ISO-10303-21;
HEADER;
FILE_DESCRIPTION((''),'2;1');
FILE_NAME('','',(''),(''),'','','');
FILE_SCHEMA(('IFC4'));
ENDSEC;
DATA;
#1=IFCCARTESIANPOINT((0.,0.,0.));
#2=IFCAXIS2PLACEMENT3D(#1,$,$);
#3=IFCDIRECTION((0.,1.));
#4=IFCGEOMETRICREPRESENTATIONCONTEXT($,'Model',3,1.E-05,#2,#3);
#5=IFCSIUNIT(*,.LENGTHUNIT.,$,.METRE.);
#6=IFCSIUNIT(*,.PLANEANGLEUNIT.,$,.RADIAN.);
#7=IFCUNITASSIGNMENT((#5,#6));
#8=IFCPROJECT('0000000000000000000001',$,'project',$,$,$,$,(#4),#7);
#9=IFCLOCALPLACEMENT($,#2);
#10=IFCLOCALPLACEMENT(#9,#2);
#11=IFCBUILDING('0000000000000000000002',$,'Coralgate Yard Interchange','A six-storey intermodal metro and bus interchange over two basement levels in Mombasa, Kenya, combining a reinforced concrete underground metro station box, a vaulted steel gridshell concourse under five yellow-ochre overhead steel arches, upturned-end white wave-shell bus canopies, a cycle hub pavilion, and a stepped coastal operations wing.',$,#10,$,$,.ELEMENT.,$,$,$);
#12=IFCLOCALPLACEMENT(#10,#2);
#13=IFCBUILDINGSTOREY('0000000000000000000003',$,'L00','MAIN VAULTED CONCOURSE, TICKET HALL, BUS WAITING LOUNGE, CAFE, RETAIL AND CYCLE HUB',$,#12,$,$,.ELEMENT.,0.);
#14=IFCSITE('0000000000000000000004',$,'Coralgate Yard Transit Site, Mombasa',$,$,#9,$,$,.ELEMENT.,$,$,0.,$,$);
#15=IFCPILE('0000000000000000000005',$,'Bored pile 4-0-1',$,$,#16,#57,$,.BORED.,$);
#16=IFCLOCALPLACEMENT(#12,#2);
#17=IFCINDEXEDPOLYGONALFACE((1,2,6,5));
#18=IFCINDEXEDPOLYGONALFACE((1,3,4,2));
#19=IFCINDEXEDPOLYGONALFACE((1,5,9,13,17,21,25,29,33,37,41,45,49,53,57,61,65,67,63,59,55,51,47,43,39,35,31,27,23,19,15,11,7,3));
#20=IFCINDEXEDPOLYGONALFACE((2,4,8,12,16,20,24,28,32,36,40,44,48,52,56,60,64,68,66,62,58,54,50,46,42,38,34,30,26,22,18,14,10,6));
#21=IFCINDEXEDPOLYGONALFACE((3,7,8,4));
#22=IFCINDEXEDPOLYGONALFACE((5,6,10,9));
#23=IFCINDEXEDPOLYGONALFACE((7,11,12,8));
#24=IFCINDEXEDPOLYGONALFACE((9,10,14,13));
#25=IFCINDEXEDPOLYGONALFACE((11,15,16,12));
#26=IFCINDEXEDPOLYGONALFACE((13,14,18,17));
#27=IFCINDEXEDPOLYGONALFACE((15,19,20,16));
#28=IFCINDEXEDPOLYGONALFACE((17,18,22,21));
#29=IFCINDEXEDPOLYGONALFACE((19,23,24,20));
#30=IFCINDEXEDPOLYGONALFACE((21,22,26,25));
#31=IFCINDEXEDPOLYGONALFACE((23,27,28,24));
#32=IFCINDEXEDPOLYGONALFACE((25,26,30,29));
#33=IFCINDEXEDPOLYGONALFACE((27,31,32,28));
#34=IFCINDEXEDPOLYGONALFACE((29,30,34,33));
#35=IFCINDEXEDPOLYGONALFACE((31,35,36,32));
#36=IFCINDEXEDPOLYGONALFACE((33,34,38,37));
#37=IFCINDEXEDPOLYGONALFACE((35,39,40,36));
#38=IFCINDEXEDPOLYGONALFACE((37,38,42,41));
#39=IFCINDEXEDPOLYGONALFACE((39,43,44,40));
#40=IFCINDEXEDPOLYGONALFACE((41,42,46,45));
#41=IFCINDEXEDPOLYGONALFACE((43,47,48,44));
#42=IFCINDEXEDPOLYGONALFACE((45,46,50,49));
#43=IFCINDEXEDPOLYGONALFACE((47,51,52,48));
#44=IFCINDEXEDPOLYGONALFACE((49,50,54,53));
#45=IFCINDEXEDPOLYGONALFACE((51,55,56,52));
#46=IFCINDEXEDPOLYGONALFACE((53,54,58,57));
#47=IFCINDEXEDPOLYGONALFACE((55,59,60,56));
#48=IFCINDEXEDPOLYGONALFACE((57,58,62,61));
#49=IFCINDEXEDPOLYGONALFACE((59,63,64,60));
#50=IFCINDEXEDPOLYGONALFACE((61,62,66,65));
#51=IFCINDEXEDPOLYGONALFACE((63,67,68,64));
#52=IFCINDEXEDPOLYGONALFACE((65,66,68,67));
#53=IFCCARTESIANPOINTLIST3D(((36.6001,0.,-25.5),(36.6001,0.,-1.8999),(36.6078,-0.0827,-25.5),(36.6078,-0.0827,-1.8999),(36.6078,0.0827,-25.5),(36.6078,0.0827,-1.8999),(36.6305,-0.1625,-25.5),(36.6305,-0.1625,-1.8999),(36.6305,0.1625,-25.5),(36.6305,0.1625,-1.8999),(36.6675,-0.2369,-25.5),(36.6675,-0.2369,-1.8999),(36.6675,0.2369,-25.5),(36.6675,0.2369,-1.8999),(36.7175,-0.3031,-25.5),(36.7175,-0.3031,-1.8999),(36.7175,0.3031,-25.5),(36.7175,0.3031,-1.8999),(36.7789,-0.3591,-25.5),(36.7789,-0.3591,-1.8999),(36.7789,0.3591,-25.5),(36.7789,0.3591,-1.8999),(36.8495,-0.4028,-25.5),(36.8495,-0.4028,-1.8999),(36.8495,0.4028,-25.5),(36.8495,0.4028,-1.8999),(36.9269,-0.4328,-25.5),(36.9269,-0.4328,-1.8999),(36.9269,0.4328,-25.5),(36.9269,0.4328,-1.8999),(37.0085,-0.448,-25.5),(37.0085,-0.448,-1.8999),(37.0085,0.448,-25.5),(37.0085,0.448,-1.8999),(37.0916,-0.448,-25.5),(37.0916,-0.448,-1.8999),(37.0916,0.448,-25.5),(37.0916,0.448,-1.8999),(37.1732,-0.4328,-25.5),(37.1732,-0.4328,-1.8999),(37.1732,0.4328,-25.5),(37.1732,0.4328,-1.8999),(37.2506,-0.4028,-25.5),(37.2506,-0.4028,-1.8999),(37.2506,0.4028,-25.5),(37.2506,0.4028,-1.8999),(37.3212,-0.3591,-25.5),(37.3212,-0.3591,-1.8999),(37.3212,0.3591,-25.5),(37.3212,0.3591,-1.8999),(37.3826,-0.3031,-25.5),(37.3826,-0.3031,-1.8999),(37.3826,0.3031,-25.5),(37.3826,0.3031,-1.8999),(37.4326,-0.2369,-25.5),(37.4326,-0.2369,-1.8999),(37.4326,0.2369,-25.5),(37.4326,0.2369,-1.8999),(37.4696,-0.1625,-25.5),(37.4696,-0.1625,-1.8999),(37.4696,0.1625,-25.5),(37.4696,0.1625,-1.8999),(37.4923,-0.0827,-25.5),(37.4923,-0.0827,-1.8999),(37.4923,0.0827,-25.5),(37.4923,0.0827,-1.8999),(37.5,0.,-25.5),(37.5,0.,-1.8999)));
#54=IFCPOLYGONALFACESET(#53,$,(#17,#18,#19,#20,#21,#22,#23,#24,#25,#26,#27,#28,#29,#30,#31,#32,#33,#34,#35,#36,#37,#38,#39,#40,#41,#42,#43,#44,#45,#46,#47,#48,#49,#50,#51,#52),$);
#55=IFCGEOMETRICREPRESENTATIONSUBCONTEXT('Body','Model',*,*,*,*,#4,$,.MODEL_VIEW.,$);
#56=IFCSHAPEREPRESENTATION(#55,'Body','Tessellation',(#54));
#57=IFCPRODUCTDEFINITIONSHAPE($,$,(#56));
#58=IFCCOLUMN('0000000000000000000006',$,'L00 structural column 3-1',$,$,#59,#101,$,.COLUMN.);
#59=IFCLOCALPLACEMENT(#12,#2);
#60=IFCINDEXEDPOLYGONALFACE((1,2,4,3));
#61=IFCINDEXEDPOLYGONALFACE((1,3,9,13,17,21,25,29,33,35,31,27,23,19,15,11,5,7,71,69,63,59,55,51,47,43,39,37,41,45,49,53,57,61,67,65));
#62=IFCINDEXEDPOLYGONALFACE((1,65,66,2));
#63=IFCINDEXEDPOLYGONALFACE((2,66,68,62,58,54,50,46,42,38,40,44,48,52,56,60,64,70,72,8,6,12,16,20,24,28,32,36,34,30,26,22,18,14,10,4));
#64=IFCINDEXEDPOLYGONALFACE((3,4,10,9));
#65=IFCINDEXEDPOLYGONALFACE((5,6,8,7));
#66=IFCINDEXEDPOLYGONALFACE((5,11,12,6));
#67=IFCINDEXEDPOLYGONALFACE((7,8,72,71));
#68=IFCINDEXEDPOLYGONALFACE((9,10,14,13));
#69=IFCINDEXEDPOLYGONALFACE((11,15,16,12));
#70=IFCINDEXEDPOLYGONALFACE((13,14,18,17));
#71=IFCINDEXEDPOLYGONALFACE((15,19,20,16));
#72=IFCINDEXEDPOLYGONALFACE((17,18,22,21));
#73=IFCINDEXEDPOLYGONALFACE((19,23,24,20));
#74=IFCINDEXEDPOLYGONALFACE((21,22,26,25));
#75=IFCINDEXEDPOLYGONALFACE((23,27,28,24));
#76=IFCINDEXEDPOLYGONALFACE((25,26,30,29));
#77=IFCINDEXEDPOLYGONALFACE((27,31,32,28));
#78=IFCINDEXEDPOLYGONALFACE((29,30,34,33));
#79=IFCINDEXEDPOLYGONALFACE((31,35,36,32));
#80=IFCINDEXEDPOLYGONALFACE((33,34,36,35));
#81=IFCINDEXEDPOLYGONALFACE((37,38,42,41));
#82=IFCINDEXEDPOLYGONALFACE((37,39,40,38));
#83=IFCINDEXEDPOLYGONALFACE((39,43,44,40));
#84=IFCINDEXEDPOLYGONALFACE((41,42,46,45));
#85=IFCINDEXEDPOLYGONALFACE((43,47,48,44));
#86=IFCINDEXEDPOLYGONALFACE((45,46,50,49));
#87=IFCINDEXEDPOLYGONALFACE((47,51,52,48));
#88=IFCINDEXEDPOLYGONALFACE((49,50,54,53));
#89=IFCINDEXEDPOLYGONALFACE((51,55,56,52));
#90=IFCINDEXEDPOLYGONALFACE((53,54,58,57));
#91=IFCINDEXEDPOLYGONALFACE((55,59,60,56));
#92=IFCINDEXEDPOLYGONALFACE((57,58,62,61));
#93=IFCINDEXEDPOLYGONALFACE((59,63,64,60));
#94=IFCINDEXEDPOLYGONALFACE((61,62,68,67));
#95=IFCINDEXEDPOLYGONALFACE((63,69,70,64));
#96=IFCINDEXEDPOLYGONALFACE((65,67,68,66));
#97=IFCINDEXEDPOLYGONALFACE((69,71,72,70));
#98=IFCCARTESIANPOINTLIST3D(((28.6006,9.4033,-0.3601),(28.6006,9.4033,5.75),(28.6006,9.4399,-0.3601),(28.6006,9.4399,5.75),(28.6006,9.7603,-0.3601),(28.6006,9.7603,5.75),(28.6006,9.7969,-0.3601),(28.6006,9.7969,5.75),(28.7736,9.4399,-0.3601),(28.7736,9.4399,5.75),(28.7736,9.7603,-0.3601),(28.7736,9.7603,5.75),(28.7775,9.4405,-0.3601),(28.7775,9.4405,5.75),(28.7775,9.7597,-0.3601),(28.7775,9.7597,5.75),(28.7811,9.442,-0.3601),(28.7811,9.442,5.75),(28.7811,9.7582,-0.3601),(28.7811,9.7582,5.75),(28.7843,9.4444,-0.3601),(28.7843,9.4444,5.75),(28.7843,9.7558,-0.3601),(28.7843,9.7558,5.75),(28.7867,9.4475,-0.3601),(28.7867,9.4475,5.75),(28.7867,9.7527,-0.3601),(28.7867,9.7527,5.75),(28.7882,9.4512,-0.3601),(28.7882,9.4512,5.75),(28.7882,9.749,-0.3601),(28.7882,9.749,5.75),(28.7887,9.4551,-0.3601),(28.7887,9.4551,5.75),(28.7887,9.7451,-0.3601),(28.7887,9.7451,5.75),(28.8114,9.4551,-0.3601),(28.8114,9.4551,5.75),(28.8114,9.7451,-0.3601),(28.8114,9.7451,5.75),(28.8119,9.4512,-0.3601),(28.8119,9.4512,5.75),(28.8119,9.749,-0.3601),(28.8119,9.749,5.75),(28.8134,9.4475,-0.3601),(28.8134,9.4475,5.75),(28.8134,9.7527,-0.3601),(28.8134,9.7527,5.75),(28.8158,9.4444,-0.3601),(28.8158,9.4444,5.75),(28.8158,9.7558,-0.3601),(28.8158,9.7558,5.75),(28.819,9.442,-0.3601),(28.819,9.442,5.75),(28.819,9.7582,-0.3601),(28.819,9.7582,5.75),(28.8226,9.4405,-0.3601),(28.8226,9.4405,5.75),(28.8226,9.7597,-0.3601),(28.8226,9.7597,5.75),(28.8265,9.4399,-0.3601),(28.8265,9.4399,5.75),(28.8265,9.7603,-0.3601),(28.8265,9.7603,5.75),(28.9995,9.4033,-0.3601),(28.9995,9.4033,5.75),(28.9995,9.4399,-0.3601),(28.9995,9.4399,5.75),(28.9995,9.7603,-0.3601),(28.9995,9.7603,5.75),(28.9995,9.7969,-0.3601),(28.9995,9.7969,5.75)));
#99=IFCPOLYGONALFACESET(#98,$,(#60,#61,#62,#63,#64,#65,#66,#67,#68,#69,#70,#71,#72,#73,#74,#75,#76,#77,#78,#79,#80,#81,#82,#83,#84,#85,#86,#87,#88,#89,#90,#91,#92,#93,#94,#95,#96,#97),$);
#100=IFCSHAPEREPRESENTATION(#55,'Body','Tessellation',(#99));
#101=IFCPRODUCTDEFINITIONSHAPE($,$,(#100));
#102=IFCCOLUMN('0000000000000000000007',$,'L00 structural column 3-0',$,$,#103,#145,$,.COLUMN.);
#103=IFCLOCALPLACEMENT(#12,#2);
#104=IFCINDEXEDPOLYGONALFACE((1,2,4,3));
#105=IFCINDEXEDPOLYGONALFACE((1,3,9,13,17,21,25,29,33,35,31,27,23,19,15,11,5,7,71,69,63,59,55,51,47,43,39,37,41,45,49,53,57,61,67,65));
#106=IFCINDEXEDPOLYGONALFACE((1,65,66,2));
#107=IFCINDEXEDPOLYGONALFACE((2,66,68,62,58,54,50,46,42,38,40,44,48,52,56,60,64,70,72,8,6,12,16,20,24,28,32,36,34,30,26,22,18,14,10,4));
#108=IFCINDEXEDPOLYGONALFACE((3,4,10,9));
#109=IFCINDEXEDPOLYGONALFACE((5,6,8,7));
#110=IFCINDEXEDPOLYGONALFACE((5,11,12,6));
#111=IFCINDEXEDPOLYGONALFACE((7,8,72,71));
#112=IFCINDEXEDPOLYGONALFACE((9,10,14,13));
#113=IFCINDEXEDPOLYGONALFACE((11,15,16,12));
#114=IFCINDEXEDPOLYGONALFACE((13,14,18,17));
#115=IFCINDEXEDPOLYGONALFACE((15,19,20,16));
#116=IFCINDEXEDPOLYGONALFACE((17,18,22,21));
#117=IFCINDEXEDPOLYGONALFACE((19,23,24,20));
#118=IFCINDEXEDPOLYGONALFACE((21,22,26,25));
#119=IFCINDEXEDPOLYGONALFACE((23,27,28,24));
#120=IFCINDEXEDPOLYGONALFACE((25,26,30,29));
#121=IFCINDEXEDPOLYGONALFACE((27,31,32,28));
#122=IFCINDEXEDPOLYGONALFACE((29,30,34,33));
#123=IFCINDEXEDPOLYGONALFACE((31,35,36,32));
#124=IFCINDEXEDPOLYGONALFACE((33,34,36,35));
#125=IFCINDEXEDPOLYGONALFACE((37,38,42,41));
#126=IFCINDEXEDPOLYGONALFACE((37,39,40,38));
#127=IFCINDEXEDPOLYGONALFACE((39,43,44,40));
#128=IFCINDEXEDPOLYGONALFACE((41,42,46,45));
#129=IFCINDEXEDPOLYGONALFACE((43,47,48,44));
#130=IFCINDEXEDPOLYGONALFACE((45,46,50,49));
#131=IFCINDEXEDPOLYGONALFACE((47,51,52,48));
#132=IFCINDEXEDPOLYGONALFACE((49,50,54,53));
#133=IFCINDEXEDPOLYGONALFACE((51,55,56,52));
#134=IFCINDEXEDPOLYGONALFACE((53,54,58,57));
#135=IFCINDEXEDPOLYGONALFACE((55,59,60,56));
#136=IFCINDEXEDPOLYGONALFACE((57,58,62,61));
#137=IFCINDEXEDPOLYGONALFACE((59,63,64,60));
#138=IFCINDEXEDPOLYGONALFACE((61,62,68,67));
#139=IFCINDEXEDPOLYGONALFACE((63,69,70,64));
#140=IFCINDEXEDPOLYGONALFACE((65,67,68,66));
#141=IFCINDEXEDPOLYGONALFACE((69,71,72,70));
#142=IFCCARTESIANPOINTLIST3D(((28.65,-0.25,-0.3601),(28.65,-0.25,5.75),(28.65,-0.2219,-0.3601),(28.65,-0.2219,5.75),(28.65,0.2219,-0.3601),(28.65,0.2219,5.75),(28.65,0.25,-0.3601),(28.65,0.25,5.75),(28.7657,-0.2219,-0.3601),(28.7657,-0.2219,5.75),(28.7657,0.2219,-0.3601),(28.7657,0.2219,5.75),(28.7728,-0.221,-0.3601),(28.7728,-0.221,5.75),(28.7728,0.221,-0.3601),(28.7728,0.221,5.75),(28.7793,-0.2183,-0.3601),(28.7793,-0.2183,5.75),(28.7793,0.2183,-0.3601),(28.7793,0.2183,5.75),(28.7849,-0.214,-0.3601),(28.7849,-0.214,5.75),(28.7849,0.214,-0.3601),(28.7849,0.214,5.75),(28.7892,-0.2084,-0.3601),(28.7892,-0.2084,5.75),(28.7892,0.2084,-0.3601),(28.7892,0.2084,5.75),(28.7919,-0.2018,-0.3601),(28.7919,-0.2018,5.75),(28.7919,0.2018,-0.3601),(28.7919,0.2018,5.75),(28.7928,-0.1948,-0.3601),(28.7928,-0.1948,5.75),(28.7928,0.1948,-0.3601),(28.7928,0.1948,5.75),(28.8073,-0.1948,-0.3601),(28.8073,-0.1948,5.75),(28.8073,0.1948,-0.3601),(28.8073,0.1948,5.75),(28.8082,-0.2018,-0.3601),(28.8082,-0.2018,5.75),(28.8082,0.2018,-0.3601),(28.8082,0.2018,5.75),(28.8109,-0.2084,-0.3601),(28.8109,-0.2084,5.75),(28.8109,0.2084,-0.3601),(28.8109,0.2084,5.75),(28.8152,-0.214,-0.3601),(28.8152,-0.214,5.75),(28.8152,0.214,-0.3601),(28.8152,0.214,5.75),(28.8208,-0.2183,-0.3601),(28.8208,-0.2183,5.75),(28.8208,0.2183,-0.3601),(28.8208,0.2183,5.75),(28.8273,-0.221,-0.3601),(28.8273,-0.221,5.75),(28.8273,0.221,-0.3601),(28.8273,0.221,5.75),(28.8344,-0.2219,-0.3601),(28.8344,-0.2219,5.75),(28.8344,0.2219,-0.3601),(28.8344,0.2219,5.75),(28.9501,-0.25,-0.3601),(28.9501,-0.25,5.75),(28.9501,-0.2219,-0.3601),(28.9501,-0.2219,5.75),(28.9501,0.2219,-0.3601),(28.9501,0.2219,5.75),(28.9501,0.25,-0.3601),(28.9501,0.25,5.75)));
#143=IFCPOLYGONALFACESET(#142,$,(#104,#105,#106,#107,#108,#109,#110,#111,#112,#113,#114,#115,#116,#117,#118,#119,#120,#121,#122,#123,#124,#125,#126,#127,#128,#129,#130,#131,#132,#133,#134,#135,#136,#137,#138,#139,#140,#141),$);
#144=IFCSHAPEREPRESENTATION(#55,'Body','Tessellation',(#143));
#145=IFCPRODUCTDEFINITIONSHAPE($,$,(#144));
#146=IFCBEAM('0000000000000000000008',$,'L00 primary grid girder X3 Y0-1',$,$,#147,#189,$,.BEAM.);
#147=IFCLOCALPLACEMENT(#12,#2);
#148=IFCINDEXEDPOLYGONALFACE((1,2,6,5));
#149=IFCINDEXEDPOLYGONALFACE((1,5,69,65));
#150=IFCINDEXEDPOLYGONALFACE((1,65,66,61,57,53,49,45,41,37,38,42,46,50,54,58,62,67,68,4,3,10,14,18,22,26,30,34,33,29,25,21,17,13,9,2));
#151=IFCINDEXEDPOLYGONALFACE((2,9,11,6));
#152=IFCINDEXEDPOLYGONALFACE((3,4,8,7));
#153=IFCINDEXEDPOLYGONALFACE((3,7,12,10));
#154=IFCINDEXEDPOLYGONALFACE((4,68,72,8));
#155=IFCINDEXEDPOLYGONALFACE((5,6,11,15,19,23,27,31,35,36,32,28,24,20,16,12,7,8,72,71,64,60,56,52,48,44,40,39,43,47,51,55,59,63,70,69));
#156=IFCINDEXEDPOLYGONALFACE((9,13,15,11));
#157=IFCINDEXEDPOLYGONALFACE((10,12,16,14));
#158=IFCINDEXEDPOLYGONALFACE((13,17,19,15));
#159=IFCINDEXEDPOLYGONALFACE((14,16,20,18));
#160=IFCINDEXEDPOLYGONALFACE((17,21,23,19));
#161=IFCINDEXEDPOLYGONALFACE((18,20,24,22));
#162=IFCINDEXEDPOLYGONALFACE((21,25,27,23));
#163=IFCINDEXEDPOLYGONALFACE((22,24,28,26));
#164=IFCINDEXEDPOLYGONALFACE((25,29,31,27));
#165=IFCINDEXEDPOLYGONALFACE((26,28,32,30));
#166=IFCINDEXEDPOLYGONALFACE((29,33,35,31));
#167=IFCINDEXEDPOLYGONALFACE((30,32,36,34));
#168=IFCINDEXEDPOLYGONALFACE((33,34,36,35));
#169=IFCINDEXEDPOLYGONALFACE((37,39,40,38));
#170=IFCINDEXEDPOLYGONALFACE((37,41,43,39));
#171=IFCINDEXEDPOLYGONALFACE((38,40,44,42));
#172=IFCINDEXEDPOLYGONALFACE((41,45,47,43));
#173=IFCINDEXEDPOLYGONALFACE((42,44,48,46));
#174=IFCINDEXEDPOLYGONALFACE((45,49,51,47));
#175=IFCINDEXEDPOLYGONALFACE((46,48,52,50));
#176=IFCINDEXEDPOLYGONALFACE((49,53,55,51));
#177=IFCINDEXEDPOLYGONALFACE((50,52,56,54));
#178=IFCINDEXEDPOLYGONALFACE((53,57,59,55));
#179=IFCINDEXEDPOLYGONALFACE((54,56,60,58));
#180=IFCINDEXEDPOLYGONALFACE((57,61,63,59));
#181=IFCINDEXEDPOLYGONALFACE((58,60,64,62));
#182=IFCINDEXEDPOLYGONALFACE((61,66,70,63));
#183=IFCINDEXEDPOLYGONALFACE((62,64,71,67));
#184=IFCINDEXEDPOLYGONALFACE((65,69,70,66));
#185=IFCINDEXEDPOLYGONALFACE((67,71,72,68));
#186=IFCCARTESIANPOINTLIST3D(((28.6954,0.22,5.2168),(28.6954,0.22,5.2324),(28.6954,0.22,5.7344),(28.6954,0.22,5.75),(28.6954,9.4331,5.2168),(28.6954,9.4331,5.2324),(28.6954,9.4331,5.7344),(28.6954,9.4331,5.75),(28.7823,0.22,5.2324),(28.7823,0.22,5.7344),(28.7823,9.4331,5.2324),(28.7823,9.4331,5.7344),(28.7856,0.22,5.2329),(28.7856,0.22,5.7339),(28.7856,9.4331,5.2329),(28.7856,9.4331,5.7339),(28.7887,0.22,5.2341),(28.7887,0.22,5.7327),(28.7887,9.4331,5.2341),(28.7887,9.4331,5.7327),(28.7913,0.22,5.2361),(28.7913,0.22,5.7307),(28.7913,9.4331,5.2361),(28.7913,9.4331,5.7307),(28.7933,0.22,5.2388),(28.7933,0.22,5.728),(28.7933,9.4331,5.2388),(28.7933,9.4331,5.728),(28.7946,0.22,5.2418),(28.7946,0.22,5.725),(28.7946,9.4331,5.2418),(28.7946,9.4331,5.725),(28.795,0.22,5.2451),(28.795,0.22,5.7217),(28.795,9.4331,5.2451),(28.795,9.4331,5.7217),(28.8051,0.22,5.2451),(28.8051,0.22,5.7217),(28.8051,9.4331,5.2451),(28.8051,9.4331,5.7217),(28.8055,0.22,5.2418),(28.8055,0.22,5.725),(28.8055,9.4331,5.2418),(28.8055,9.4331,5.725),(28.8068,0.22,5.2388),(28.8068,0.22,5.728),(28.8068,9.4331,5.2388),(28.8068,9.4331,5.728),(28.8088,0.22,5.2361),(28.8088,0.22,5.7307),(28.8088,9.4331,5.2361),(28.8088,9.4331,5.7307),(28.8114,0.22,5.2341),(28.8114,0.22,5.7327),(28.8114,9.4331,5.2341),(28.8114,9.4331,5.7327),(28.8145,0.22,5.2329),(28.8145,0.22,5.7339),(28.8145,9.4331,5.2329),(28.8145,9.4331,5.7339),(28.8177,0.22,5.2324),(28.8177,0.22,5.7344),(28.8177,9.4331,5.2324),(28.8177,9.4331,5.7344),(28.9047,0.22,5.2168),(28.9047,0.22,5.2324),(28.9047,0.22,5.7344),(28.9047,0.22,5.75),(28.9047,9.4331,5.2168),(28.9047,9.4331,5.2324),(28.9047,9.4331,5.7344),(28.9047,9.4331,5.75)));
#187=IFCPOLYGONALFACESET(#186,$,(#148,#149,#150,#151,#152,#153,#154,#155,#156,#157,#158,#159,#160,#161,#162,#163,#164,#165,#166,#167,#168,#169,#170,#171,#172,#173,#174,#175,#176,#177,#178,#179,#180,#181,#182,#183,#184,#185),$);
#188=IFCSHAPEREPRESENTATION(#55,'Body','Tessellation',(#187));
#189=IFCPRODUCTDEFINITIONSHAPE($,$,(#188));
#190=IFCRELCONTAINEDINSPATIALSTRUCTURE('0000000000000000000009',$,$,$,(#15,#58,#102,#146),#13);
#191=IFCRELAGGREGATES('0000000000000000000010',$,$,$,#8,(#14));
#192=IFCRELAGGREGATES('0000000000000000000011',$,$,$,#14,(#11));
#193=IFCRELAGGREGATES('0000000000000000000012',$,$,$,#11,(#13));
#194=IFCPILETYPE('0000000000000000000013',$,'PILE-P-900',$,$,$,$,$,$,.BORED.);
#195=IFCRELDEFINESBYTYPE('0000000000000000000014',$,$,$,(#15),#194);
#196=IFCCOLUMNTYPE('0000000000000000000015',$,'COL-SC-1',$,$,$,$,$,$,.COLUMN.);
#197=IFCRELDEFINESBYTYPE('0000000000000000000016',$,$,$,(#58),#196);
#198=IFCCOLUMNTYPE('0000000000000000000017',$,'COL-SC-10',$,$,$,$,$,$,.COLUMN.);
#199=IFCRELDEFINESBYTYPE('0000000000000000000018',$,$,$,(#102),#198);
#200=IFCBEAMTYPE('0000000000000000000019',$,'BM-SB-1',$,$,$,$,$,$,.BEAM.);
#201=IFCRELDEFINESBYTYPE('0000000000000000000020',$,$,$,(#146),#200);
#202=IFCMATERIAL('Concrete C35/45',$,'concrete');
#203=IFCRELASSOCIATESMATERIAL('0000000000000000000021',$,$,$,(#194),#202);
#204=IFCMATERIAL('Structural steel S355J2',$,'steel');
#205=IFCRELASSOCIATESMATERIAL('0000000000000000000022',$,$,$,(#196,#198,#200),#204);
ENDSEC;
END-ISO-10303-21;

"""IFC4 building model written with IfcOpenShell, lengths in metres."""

from ifc_helpers import new_model, si_unit, direction, frame, origin, origin_2d, place, context, subcontext, project, spatial, circle, i_section, extrude, material, material_profile, profile_set, type_object, element, save


model = new_model("IFC4")

# Units and contexts
model_context = context("Model", 3, precision=1e-05, world=origin(), true_north=direction((0.0, 1.0)))
body_context = subcontext(model_context, "Body", "Model", "MODEL_VIEW")
ifc_project = project(units=[si_unit("LENGTHUNIT", "METRE"), si_unit("PLANEANGLEUNIT", "RADIAN")], contexts=[model_context])

# Site, building, storey
site_placement = place(None, origin())
site = spatial("IfcSite", under=ifc_project, at=site_placement, Name="Coralgate Yard Transit Site, Mombasa", CompositionType="ELEMENT", RefElevation=0.0)
building_placement = place(site_placement, origin())
building = spatial("IfcBuilding", under=site, at=building_placement, Name="Coralgate Yard Interchange", Description="A six-storey intermodal metro and bus interchange over two basement levels in Mombasa, Kenya, combining a reinforced concrete underground metro station box, a vaulted steel gridshell concourse under five yellow-ochre overhead steel arches, upturned-end white wave-shell bus canopies, a cycle hub pavilion, and a stepped coastal operations wing.", CompositionType="ELEMENT")
storey_placement = place(building_placement, origin())
storey = spatial("IfcBuildingStorey", under=building, at=storey_placement, Name="L00", Description="MAIN VAULTED CONCOURSE, TICKET HALL, BUS WAITING LOUNGE, CAFE, RETAIL AND CYCLE HUB", CompositionType="ELEMENT", Elevation=0.0)

# Pile
ifc_material_1 = material(Name="Concrete C35/45", Category="concrete")
ifc_material_profile_1 = material_profile(ifc_material_1, circle(Radius=0.45, at=origin_2d()), Name="BORED PILE D900")
ifc_profile_set_1 = profile_set([ifc_material_profile_1], Name="Concrete C35/45")
pile_type = type_object("IfcPileType", Name="PILE-P-900", PredefinedType="BORED", material=ifc_profile_set_1)
for number, where, z_axis, x_axis, name in (
    (1, (37.05, 0.0, -1.8999), (0.0, 0.0, -1.0), (1.0, 0.0, 0.0), "Bored pile 4-0-1"),
):
    element("IfcPile", number, at=place(storey_placement, frame(where, z_axis=z_axis, x_axis=x_axis)), inside=storey, type_object=pile_type, Name=name, PredefinedType="BORED", context=body_context, shape_type="SweptSolid", body=[
        extrude(circle(Radius=0.45, at=origin_2d()), origin(), (0.0, 0.0, 1.0), 23.6001),
    ])

# Columns
ifc_material_2 = material(Name="Structural steel S355J2", Category="steel")
ifc_material_profile_2 = material_profile(ifc_material_2, i_section(OverallWidth=0.3989, OverallDepth=0.3936, WebThickness=0.0227, FlangeThickness=0.0366, FilletRadius=0.0151, at=origin_2d()), Name="UC 356x406x287")
ifc_profile_set_2 = profile_set([ifc_material_profile_2], Name="Structural steel S355J2")
column_type_1 = type_object("IfcColumnType", Name="COL-SC-1", PredefinedType="COLUMN", material=ifc_profile_set_2)
column_1_placement = place(storey_placement, frame((28.8, 9.6001, -0.3601), z_axis=(0.0, 0.0, 1.0), x_axis=(1.0, 0.0, 0.0)))
element("IfcColumn", 2, at=column_1_placement, inside=storey, type_object=column_type_1, Name="L00 structural column 3-1", PredefinedType="COLUMN", context=body_context, shape_type="SweptSolid", body=[
    extrude(i_section(OverallWidth=0.3989, OverallDepth=0.3936, WebThickness=0.0227, FlangeThickness=0.0366, FilletRadius=0.0151, at=origin_2d()), origin(), (0.0, 0.0, 1.0), 6.1101),
])
ifc_material_profile_3 = material_profile(ifc_material_2, i_section(OverallWidth=0.3, OverallDepth=0.5, WebThickness=0.0144, FlangeThickness=0.0281, FilletRadius=0.0271, at=origin_2d()), Name="HEB 500")
ifc_profile_set_3 = profile_set([ifc_material_profile_3], Name="Structural steel S355J2")
column_type_2 = type_object("IfcColumnType", Name="COL-SC-10", PredefinedType="COLUMN", material=ifc_profile_set_3)
column_2_placement = place(storey_placement, frame((28.8, 0.0, -0.3601), z_axis=(0.0, 0.0, 1.0), x_axis=(1.0, 0.0, 0.0)))
element("IfcColumn", 3, at=column_2_placement, inside=storey, type_object=column_type_2, Name="L00 structural column 3-0", PredefinedType="COLUMN", context=body_context, shape_type="SweptSolid", body=[
    extrude(i_section(OverallWidth=0.3, OverallDepth=0.5, WebThickness=0.0144, FlangeThickness=0.0281, FilletRadius=0.0271, at=origin_2d()), origin(), (0.0, 0.0, 1.0), 6.1101),
])

# Beam
ifc_material_profile_4 = material_profile(ifc_material_2, i_section(OverallWidth=0.2092, OverallDepth=0.5332, WebThickness=0.01, FlangeThickness=0.0156, FilletRadius=0.0127, at=origin_2d()), Name="UB 533x210x92")
ifc_profile_set_4 = profile_set([ifc_material_profile_4], Name="Structural steel S355J2")
beam_type_1 = type_object("IfcBeamType", Name="BM-SB-1", PredefinedType="BEAM", material=ifc_profile_set_4)
beam_1_placement = place(storey_placement, frame((28.8, 0.22, 5.4834), z_axis=(0.0, 1.0, 0.0), x_axis=(-1.0, 0.0, 0.0)))
element("IfcBeam", 4, at=beam_1_placement, inside=storey, type_object=beam_type_1, Name="L00 primary grid girder X3 Y0-1", PredefinedType="BEAM", context=body_context, shape_type="SweptSolid", body=[
    extrude(i_section(OverallWidth=0.2092, OverallDepth=0.5332, WebThickness=0.01, FlangeThickness=0.0156, FilletRadius=0.0127, at=origin_2d()), origin(), (0.0, 0.0, 1.0), 9.2131),
])

save(model, "model.ifc")
